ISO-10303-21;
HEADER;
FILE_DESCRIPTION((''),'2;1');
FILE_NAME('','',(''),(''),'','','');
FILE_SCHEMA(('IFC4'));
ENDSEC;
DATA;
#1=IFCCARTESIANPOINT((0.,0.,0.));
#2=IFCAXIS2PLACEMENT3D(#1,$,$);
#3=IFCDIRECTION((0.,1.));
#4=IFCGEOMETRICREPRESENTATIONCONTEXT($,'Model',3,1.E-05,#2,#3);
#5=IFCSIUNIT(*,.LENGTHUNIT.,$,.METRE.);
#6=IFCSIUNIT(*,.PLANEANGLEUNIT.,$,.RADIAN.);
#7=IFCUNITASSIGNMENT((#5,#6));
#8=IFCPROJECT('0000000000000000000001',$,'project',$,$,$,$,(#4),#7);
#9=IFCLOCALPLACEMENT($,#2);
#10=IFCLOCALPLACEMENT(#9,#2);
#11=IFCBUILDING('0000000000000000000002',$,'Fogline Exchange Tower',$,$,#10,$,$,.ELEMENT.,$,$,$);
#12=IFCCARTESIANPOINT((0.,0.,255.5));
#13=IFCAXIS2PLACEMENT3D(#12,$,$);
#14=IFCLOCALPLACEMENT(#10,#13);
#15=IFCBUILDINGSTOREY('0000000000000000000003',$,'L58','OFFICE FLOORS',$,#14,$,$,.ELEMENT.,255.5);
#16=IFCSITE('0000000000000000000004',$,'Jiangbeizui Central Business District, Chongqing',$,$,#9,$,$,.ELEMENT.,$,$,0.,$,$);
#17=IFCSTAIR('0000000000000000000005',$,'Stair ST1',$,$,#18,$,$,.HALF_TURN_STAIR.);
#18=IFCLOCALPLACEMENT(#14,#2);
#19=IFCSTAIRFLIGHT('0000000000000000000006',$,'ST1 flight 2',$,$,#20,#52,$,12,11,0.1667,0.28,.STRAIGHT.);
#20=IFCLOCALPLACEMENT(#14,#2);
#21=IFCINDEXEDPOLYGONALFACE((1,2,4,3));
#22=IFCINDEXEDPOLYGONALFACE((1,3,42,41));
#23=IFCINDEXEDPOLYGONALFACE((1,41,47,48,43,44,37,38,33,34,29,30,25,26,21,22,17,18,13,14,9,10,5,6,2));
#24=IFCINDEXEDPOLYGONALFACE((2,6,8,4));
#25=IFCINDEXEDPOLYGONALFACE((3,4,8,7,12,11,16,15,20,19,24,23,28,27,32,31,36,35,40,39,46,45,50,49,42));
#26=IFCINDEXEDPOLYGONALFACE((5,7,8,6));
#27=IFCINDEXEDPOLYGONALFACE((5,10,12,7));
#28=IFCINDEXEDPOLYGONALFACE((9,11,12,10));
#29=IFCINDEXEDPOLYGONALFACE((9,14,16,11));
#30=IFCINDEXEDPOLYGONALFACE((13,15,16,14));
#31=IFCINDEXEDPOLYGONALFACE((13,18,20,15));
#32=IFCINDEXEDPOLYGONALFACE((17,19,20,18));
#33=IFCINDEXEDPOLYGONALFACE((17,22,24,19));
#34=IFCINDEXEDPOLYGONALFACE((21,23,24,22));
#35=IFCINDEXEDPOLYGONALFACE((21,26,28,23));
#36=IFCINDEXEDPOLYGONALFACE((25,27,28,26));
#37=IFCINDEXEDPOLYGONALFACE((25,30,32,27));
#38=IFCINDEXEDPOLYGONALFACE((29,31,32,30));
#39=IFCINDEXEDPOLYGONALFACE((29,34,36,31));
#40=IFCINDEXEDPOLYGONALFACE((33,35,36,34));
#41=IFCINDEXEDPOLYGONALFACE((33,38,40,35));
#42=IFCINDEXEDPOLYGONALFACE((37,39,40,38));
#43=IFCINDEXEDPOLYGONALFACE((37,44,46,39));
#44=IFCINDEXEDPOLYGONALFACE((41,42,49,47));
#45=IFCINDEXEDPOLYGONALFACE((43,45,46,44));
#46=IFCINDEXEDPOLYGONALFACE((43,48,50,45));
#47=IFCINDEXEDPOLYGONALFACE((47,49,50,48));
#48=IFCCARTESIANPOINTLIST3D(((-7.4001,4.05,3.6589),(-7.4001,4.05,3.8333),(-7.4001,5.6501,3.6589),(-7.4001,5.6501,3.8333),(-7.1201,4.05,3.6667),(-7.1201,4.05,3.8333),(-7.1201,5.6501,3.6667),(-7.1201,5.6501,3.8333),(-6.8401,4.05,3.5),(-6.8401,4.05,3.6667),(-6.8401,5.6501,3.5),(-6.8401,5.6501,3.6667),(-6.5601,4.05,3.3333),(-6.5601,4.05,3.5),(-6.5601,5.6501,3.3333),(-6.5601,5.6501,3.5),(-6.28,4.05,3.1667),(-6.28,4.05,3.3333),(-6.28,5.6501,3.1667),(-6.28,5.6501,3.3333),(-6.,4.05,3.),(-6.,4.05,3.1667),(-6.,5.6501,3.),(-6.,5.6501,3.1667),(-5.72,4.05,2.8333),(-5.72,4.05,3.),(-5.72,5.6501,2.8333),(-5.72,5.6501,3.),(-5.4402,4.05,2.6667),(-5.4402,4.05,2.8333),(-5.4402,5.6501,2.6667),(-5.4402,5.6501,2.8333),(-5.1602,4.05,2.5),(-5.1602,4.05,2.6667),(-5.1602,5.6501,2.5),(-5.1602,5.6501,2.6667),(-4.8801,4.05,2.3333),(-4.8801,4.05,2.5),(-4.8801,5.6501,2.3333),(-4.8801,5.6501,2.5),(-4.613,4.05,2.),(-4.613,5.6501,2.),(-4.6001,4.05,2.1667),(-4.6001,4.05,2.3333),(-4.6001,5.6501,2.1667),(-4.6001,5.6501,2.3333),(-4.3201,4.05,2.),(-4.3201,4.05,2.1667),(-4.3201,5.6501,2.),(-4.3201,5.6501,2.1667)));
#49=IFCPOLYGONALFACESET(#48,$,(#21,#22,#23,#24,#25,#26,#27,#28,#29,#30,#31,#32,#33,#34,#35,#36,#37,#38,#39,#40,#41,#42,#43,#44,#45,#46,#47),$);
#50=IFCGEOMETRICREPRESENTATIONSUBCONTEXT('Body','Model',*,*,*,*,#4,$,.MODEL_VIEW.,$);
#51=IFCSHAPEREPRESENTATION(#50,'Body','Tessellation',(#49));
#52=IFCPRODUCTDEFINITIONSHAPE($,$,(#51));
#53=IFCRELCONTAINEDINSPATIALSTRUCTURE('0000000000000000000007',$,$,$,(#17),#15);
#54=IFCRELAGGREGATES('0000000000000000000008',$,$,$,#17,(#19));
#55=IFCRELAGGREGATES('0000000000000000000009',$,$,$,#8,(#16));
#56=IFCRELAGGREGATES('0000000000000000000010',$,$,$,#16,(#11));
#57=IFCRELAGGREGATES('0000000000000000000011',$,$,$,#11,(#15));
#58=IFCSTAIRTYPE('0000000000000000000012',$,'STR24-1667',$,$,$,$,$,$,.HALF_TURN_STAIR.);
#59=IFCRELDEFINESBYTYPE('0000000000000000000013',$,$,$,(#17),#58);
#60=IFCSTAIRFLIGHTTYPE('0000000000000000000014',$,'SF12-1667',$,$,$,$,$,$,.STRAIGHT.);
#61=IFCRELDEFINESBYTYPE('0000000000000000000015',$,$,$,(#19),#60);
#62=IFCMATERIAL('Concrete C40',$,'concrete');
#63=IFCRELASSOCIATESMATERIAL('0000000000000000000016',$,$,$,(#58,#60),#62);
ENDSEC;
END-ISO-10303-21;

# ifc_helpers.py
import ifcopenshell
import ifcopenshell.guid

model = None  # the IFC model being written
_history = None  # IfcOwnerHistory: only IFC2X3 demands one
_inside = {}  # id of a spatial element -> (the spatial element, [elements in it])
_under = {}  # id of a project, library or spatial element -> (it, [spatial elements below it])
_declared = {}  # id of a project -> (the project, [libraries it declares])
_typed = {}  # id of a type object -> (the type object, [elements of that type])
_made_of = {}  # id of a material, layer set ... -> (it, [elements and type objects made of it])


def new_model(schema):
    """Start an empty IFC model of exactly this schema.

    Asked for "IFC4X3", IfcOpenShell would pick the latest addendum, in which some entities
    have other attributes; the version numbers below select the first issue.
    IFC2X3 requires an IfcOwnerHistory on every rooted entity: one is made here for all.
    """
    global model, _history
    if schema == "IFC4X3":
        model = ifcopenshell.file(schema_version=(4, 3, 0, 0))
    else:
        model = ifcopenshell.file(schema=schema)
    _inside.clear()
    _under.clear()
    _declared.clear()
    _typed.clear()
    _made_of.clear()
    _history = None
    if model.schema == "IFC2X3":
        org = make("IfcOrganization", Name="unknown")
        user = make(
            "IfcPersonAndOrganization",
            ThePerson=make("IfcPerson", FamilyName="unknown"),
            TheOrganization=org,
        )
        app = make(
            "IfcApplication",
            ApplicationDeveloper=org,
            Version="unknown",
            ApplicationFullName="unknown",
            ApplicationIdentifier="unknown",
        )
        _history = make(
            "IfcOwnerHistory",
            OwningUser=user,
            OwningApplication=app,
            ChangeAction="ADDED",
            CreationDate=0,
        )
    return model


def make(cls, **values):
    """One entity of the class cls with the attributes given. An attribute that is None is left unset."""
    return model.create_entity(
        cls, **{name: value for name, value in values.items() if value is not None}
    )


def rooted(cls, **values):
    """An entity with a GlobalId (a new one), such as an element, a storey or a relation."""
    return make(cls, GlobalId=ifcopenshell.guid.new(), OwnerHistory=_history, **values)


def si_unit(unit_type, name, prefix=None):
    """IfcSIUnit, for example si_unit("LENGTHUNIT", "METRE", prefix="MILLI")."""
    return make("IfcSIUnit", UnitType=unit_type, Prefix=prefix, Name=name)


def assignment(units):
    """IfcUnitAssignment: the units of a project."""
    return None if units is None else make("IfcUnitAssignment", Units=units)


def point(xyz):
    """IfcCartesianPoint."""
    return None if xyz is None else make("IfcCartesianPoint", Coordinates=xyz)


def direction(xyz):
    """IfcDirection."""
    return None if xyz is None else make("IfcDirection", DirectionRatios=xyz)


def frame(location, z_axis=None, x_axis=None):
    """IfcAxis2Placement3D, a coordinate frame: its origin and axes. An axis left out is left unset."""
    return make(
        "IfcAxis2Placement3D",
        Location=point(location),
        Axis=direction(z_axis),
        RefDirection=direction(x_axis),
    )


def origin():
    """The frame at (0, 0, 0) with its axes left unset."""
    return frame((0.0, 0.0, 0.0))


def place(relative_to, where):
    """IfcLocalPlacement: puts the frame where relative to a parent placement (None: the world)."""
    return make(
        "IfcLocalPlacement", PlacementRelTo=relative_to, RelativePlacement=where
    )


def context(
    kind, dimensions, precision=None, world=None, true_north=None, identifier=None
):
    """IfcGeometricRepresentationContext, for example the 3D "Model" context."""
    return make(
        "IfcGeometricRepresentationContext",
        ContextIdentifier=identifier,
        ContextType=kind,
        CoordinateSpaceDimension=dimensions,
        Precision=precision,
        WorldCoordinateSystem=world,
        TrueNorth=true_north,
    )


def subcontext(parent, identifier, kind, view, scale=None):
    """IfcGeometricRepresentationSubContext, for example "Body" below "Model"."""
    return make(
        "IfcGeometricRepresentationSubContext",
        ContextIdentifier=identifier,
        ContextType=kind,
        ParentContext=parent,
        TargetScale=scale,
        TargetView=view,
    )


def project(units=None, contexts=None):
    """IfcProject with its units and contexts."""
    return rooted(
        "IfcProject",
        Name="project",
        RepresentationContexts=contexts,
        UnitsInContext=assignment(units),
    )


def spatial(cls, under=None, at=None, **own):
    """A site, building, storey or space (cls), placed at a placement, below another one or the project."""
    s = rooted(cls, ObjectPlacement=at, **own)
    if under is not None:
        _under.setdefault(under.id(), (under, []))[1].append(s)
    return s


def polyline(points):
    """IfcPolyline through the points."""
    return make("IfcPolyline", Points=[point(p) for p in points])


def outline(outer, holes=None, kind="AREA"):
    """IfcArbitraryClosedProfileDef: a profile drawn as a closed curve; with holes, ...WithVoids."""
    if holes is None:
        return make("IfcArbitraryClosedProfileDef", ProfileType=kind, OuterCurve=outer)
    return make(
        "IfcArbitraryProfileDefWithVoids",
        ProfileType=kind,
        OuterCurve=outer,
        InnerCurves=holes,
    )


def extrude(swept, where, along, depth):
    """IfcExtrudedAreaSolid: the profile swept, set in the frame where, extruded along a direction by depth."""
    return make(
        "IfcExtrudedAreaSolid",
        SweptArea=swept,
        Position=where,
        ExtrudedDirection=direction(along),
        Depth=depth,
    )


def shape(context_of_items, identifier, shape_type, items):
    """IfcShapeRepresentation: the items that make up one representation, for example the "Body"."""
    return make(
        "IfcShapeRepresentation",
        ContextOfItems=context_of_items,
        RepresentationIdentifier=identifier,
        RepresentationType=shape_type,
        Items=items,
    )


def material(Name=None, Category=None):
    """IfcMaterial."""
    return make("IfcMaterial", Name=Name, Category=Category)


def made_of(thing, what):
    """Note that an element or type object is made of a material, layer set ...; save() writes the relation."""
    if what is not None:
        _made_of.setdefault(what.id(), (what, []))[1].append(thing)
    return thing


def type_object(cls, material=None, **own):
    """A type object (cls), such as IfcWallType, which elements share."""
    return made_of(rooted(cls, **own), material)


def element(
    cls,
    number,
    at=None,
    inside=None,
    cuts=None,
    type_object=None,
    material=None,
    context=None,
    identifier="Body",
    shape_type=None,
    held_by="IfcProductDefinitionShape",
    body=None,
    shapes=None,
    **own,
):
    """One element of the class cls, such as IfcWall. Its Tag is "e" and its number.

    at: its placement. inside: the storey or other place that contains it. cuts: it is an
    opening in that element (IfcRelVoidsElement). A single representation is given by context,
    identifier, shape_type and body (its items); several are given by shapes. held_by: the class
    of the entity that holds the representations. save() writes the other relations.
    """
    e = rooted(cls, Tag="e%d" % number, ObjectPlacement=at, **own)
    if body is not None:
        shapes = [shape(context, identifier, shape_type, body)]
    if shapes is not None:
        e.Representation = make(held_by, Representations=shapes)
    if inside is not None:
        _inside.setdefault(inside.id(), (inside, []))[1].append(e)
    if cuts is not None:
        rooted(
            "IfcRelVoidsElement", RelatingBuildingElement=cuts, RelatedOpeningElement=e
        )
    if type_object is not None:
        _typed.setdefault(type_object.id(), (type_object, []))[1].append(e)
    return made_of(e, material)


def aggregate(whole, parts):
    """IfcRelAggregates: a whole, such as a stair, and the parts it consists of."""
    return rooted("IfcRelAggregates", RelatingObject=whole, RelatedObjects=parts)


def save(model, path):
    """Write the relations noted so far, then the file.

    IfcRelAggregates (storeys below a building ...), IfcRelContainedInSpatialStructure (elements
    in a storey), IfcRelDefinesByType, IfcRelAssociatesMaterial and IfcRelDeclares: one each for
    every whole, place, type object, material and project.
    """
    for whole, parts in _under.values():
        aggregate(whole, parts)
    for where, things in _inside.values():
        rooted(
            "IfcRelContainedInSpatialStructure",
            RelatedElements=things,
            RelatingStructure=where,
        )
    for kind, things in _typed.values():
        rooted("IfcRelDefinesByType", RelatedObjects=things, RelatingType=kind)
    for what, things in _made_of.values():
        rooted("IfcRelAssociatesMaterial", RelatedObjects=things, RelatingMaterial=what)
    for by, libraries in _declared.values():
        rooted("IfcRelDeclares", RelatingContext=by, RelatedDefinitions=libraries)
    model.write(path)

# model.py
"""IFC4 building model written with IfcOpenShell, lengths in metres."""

from ifc_helpers import new_model, si_unit, direction, frame, origin, place, context, subcontext, project, spatial, polyline, outline, extrude, material, type_object, element, aggregate, save


model = new_model("IFC4")

# Units and contexts
model_context = context("Model", 3, precision=1e-05, world=origin(), true_north=direction((0.0, 1.0)))
body_context = subcontext(model_context, "Body", "Model", "MODEL_VIEW")
ifc_project = project(units=[si_unit("LENGTHUNIT", "METRE"), si_unit("PLANEANGLEUNIT", "RADIAN")], contexts=[model_context])

# Site, building, storey
site_placement = place(None, origin())
site = spatial("IfcSite", under=ifc_project, at=site_placement, Name="Jiangbeizui Central Business District, Chongqing", CompositionType="ELEMENT", RefElevation=0.0)
building_placement = place(site_placement, origin())
building = spatial("IfcBuilding", under=site, at=building_placement, Name="Fogline Exchange Tower", CompositionType="ELEMENT")
storey_placement = place(building_placement, frame((0.0, 0.0, 255.5)))
storey = spatial("IfcBuildingStorey", under=building, at=storey_placement, Name="L58", Description="OFFICE FLOORS", CompositionType="ELEMENT", Elevation=255.5)

# Shared definitions
ifc_material_1 = material(Name="Concrete C40", Category="concrete")

# Stair, stair flight
stair_type = type_object("IfcStairType", Name="STR24-1667", PredefinedType="HALF_TURN_STAIR", material=ifc_material_1)
stair_placement = place(storey_placement, origin())
stair = element("IfcStair", 1, at=stair_placement, inside=storey, type_object=stair_type, Name="Stair ST1", PredefinedType="HALF_TURN_STAIR")
stair_flight_type = type_object("IfcStairFlightType", Name="SF12-1667", PredefinedType="STRAIGHT", material=ifc_material_1)
stair_flight_placement = place(storey_placement, frame((-4.3201, 4.8501, 2.0), z_axis=(0.0, 0.0, 1.0), x_axis=(-1.0, 0.0, 0.0)))
stair_flight = element("IfcStairFlight", 2, at=stair_flight_placement, type_object=stair_flight_type, Name="ST1 flight 2", NumberOfRisers=12, NumberOfTreads=11, PredefinedType="STRAIGHT", RiserHeight=0.1667, TreadLength=0.28, context=body_context, shape_type="SweptSolid", body=[
    extrude(outline(polyline([(0.0, 0.0), (0.0, 0.1667), (0.28, 0.1667), (0.28, 0.3333), (0.5601, 0.3333), (0.5601, 0.5), (0.8401, 0.5), (0.8401, 0.6667), (1.1201, 0.6667), (1.1201, 0.8333), (1.3999, 0.8333), (1.3999, 1.0), (1.6799, 1.0), (1.6799, 1.1667), (1.96, 1.1667), (1.96, 1.3333), (2.24, 1.3333), (2.24, 1.5), (2.52, 1.5), (2.52, 1.6667), (2.8, 1.6667), (2.8, 1.8333), (3.0801, 1.8333), (3.0801, 2.0), (3.0801, 1.6589), (0.293, 0.0), (0.0, 0.0)])), frame((0.0, 0.8, 0.0), z_axis=(0.0, -1.0, 0.0), x_axis=(1.0, 0.0, 0.0)), (0.0, 0.0, 1.0), 1.6001),
])
aggregate(stair, [stair_flight])

save(model, "model.ifc")
